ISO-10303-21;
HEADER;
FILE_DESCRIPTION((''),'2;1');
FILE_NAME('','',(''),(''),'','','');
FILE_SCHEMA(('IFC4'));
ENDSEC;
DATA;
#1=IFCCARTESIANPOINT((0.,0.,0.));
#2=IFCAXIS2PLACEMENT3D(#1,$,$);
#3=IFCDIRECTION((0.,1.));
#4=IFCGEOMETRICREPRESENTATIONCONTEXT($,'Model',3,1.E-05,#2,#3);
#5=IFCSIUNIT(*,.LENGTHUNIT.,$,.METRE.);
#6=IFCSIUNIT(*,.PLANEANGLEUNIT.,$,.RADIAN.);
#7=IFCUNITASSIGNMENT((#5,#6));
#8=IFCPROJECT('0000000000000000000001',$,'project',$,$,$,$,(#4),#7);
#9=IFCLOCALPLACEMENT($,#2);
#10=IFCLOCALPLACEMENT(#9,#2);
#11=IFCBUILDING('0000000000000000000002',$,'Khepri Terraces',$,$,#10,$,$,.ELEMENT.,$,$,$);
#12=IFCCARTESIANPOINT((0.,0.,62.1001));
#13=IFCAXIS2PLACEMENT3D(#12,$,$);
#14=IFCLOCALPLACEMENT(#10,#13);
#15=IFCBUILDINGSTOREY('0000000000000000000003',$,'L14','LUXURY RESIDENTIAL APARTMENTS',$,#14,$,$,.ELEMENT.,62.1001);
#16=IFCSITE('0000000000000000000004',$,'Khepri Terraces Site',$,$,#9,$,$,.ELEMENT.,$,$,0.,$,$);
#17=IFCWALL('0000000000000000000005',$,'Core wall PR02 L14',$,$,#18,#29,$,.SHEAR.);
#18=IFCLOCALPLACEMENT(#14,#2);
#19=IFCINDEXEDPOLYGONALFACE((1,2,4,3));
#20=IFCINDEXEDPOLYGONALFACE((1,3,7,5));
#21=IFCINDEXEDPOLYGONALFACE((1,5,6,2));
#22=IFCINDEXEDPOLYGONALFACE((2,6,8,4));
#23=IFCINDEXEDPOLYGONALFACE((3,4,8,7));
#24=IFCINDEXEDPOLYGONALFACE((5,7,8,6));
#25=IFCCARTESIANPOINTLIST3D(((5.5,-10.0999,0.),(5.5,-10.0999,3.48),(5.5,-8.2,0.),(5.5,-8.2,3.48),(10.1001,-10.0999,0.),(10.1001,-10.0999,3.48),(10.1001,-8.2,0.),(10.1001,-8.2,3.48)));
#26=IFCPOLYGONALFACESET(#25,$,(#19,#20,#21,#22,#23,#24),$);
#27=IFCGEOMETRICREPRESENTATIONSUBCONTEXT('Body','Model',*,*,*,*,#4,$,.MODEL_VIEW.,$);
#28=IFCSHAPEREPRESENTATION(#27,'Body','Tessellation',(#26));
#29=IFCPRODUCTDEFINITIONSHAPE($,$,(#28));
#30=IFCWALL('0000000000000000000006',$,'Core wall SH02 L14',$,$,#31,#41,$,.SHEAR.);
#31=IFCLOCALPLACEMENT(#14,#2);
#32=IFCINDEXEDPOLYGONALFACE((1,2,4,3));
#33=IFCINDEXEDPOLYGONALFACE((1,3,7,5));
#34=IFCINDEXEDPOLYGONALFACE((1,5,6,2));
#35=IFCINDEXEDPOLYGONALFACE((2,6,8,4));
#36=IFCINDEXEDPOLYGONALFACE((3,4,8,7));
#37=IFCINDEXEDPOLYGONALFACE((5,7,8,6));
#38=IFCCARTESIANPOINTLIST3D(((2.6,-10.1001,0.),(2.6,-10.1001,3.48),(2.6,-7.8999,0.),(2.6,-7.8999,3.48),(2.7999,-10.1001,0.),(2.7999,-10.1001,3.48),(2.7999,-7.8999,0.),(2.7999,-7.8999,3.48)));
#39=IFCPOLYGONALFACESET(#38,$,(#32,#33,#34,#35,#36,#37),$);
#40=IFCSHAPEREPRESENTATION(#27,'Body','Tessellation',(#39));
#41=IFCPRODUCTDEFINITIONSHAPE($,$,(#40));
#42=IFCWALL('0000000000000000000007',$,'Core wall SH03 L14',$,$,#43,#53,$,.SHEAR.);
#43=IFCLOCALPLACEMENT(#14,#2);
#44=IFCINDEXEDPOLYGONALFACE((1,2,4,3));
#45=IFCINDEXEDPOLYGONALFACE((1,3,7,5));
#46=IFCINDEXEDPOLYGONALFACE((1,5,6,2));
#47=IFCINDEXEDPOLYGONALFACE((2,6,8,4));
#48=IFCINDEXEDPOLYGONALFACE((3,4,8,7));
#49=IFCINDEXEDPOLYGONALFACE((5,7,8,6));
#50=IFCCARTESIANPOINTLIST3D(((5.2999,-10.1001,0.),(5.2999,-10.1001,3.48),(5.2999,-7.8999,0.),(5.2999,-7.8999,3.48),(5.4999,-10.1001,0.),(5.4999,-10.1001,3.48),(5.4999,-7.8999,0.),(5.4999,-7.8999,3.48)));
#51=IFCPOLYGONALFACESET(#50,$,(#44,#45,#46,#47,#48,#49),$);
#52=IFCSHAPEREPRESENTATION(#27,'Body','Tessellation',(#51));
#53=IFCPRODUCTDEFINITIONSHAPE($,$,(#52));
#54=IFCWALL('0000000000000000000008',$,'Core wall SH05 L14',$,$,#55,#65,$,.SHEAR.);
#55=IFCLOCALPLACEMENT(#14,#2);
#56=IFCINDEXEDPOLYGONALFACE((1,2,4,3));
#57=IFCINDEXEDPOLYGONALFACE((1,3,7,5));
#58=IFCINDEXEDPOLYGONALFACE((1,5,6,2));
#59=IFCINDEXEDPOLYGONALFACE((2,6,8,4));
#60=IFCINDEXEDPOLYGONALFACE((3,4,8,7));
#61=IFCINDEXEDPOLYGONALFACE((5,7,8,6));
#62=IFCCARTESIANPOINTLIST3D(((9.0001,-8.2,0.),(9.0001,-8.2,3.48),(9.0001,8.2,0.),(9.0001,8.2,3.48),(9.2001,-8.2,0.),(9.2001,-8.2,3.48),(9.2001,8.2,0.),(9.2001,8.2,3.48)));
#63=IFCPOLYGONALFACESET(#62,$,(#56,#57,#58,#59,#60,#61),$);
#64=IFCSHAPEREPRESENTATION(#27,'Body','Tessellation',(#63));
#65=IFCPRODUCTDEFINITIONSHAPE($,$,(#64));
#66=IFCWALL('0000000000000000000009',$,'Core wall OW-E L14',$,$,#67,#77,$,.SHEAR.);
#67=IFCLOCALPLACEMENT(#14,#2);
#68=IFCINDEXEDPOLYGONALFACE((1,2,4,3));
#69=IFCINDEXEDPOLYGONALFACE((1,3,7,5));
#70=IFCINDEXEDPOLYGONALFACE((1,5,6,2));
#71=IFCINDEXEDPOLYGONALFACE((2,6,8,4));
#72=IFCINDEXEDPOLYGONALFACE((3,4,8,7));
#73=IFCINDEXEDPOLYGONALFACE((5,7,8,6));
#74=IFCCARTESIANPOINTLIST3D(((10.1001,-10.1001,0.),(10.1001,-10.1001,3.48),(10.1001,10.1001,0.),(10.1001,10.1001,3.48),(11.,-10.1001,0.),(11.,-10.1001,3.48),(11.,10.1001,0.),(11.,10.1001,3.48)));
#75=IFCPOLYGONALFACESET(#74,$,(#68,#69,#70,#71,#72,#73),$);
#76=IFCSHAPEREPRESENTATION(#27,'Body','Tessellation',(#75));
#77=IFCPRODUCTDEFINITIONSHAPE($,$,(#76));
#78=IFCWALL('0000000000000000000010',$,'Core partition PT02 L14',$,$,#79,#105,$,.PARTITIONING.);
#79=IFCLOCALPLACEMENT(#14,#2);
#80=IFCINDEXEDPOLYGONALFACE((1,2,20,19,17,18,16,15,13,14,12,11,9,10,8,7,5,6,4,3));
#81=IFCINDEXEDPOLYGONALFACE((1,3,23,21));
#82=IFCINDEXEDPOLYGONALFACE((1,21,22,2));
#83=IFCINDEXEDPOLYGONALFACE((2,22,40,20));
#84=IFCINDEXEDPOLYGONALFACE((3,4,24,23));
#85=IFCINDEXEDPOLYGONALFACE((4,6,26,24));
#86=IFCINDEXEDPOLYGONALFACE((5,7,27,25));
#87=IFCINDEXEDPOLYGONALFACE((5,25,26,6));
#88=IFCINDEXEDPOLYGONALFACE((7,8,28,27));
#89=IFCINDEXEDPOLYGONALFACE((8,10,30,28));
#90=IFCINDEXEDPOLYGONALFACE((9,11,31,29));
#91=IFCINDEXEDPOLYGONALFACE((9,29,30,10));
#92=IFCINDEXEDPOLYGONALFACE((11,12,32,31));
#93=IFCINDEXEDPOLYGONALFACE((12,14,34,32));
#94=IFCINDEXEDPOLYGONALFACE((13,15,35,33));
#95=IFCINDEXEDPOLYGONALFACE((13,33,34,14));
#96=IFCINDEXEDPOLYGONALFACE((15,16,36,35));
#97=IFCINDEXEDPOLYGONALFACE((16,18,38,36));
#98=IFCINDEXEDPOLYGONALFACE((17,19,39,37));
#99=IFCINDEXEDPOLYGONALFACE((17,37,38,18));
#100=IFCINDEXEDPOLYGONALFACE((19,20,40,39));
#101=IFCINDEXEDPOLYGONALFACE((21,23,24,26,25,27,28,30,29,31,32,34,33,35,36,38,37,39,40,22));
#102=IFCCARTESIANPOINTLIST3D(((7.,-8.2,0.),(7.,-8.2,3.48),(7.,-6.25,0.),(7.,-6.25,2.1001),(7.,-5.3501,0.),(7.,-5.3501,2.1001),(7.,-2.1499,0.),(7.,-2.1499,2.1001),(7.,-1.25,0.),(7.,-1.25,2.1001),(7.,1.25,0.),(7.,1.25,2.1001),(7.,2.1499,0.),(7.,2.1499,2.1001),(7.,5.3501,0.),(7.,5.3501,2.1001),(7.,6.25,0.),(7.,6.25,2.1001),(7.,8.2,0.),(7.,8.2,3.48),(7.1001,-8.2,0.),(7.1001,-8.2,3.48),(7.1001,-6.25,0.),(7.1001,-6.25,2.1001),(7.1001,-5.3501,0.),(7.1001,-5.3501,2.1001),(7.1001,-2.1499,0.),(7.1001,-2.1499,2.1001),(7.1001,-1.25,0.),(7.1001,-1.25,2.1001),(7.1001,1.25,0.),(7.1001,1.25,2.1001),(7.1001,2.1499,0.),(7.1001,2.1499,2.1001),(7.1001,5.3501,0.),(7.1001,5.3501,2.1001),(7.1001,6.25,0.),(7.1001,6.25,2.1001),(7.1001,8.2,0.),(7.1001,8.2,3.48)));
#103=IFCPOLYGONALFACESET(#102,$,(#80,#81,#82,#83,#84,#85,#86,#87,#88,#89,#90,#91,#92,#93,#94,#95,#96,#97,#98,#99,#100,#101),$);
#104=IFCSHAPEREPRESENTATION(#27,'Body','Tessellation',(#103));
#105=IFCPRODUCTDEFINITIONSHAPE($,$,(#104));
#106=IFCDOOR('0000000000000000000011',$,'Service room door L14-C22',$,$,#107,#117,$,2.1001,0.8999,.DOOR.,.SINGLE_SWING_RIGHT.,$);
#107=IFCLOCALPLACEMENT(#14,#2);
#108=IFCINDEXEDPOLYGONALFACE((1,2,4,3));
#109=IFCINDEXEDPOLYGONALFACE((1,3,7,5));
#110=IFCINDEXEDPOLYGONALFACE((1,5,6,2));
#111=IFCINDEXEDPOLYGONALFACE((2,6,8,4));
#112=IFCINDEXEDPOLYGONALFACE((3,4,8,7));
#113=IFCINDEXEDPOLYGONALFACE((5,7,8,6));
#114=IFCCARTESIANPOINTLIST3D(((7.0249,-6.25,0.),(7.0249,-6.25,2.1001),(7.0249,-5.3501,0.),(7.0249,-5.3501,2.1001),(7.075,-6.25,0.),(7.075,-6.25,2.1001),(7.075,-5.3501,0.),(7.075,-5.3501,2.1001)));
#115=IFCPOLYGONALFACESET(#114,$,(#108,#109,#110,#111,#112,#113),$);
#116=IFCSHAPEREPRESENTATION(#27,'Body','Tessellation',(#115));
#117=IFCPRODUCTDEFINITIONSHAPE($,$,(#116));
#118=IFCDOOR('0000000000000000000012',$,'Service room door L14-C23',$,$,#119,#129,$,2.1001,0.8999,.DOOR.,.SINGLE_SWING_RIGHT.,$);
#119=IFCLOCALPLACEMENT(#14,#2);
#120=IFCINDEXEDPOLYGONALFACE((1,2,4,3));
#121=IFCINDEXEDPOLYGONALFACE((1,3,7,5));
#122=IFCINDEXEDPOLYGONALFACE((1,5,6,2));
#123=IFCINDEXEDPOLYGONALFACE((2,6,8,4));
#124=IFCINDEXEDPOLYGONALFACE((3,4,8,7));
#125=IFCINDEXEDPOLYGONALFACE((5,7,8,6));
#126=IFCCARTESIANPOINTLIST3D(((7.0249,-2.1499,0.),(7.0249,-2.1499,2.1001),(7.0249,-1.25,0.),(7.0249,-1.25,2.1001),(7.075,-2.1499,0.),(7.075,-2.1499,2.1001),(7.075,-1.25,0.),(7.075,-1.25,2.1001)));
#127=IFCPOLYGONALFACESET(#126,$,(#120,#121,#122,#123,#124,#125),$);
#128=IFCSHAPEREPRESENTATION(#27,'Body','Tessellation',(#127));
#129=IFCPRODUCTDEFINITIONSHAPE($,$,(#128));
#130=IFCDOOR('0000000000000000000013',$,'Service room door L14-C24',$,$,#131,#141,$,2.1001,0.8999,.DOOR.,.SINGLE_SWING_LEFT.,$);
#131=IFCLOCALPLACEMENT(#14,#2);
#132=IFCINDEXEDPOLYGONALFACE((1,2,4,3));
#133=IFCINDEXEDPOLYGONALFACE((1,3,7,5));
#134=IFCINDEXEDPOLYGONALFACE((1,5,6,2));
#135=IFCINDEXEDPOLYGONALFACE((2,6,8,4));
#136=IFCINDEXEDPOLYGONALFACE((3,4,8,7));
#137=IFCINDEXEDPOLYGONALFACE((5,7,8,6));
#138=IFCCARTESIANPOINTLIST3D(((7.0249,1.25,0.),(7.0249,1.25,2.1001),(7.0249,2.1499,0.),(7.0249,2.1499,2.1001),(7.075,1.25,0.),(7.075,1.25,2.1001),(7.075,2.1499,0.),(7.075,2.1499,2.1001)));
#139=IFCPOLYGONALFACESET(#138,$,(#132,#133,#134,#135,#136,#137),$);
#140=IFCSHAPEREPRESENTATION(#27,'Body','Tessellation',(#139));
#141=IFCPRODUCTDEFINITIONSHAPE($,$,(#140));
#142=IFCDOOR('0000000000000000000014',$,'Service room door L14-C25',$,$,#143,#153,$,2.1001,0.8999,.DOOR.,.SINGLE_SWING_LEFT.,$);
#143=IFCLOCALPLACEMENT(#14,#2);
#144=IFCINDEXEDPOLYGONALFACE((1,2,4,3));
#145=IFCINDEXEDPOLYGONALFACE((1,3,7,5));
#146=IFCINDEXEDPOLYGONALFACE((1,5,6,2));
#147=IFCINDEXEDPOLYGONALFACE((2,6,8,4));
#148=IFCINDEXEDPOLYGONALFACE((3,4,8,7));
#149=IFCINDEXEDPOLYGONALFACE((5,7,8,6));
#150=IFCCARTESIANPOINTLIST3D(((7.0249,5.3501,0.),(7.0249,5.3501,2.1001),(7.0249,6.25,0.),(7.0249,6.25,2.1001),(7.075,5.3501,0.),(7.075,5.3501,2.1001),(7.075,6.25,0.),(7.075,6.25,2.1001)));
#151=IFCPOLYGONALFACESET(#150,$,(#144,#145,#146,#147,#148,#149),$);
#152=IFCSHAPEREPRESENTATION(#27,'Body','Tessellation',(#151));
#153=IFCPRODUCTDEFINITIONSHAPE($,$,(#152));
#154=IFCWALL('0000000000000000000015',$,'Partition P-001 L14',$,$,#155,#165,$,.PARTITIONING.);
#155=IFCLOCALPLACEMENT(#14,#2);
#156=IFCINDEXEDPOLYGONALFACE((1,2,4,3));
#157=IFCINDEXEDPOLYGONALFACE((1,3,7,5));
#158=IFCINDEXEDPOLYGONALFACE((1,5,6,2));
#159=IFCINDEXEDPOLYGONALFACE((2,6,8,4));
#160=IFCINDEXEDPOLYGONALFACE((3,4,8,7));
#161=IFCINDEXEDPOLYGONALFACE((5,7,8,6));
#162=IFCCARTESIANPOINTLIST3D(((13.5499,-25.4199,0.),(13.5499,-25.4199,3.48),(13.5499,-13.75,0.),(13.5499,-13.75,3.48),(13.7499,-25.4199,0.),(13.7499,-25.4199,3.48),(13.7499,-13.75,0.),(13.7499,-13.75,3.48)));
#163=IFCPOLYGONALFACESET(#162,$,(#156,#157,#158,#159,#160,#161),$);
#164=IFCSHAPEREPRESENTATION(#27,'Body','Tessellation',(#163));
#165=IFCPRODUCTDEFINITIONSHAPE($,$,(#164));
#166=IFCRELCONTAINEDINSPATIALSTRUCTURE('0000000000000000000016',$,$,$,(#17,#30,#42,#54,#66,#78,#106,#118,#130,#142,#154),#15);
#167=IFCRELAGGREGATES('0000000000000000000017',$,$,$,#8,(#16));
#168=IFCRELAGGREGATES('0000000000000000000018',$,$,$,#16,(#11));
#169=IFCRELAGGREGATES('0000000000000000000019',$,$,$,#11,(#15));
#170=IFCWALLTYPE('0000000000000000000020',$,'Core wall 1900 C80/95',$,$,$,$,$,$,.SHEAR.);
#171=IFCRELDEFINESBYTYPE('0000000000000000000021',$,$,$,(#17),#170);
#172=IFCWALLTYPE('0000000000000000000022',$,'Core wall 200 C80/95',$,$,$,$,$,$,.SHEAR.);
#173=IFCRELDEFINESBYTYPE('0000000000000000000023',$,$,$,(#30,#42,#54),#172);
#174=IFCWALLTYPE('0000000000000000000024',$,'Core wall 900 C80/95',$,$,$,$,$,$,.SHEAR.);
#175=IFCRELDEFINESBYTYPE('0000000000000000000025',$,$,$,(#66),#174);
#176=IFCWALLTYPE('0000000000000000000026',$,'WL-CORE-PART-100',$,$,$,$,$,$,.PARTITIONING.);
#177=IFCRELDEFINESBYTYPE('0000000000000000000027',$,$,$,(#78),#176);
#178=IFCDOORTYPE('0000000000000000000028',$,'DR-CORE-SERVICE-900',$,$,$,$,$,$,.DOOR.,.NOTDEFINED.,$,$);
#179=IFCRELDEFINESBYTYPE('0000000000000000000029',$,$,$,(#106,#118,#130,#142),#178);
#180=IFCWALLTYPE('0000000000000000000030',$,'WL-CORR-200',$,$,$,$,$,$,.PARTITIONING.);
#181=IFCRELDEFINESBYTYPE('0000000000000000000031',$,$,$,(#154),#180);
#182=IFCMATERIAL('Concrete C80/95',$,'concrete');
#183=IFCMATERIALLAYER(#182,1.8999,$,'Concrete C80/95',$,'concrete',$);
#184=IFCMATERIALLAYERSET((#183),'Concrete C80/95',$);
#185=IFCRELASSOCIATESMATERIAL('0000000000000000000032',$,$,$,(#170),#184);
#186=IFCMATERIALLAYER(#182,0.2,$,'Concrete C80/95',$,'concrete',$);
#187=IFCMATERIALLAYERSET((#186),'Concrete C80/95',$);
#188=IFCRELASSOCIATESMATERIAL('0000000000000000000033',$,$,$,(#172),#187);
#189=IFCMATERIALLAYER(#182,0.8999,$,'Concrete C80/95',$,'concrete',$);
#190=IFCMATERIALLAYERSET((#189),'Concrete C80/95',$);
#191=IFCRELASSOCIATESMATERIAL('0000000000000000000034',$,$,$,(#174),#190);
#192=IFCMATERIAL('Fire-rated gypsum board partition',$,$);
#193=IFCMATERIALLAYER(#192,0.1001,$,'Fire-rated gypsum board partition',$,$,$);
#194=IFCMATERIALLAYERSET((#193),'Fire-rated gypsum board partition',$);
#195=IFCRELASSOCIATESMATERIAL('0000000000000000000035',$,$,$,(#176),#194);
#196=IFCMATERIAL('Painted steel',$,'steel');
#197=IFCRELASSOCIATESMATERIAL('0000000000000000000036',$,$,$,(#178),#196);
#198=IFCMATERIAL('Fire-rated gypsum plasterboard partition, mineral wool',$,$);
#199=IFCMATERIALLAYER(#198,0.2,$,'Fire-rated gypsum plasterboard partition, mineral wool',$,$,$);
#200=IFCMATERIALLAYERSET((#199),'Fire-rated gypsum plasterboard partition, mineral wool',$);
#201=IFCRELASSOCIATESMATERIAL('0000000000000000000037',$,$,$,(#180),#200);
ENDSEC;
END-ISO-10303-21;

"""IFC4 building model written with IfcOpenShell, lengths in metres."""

from ifc_helpers import new_model, si_unit, direction, frame, frame_2d, origin, place, context, subcontext, project, spatial, rectangle, extrude, material, layer, layer_set, type_object, element, fill, save


model = new_model("IFC4")

# Units and contexts
model_context = context("Model", 3, precision=1e-05, world=origin(), true_north=direction((0.0, 1.0)))
body_context = subcontext(model_context, "Body", "Model", "MODEL_VIEW")
ifc_project = project(units=[si_unit("LENGTHUNIT", "METRE"), si_unit("PLANEANGLEUNIT", "RADIAN")], contexts=[model_context])

# Site, building, storey
site_placement = place(None, origin())
site = spatial("IfcSite", under=ifc_project, at=site_placement, Name="Khepri Terraces Site", CompositionType="ELEMENT", RefElevation=0.0)
building_placement = place(site_placement, origin())
building = spatial("IfcBuilding", under=site, at=building_placement, Name="Khepri Terraces", CompositionType="ELEMENT")
storey_placement = place(building_placement, frame((0.0, 0.0, 62.1001)))
storey = spatial("IfcBuildingStorey", under=building, at=storey_placement, Name="L14", Description="LUXURY RESIDENTIAL APARTMENTS", CompositionType="ELEMENT", Elevation=62.1001)

# Walls
ifc_material_1 = material(Name="Concrete C80/95", Category="concrete")
ifc_layer_1 = layer(ifc_material_1, 1.8999, Name="Concrete C80/95", Category="concrete")
ifc_layer_set_1 = layer_set([ifc_layer_1], Name="Concrete C80/95")
wall_type_1 = type_object("IfcWallType", Name="Core wall 1900 C80/95", PredefinedType="SHEAR", material=ifc_layer_set_1)
wall_1_placement = place(storey_placement, frame((5.5, -9.1499, 0.0), z_axis=(0.0, 0.0, 1.0), x_axis=(1.0, 0.0, 0.0)))
element("IfcWall", 1, at=wall_1_placement, inside=storey, type_object=wall_type_1, Name="Core wall PR02 L14", PredefinedType="SHEAR", context=body_context, shape_type="SweptSolid", body=[
    extrude(rectangle(XDim=4.6001, YDim=1.8999, at=frame_2d((2.3, 0.0))), origin(), (0.0, 0.0, 1.0), 3.48),
])
ifc_layer_2 = layer(ifc_material_1, 0.2, Name="Concrete C80/95", Category="concrete")
ifc_layer_set_2 = layer_set([ifc_layer_2], Name="Concrete C80/95")
wall_type_2 = type_object("IfcWallType", Name="Core wall 200 C80/95", PredefinedType="SHEAR", material=ifc_layer_set_2)
for number, where, z_axis, x_axis, name in (
    (2, (2.7, -10.1001, 0.0), (0.0, 0.0, 1.0), (0.0, 1.0, 0.0), "Core wall SH02 L14"),
    (3, (5.3999, -10.1001, 0.0), (0.0, 0.0, 1.0), (0.0, 1.0, 0.0), "Core wall SH03 L14"),
):
    element("IfcWall", number, at=place(storey_placement, frame(where, z_axis=z_axis, x_axis=x_axis)), inside=storey, type_object=wall_type_2, Name=name, PredefinedType="SHEAR", context=body_context, shape_type="SweptSolid", body=[
        extrude(rectangle(XDim=2.2002, YDim=0.2, at=frame_2d((1.1001, 0.0))), origin(), (0.0, 0.0, 1.0), 3.48),
    ])
wall_2_placement = place(storey_placement, frame((9.1001, -8.2, 0.0), z_axis=(0.0, 0.0, 1.0), x_axis=(0.0, 1.0, 0.0)))
element("IfcWall", 4, at=wall_2_placement, inside=storey, type_object=wall_type_2, Name="Core wall SH05 L14", PredefinedType="SHEAR", context=body_context, shape_type="SweptSolid", body=[
    extrude(rectangle(XDim=16.3999, YDim=0.2, at=frame_2d((8.2, 0.0))), origin(), (0.0, 0.0, 1.0), 3.48),
])
ifc_layer_3 = layer(ifc_material_1, 0.8999, Name="Concrete C80/95", Category="concrete")
ifc_layer_set_3 = layer_set([ifc_layer_3], Name="Concrete C80/95")
wall_type_3 = type_object("IfcWallType", Name="Core wall 900 C80/95", PredefinedType="SHEAR", material=ifc_layer_set_3)
wall_3_placement = place(storey_placement, frame((10.55, -10.1001, 0.0), z_axis=(0.0, 0.0, 1.0), x_axis=(0.0, 1.0, 0.0)))
element("IfcWall", 5, at=wall_3_placement, inside=storey, type_object=wall_type_3, Name="Core wall OW-E L14", PredefinedType="SHEAR", context=body_context, shape_type="SweptSolid", body=[
    extrude(rectangle(XDim=20.2002, YDim=0.8999, at=frame_2d((10.1001, 0.0))), origin(), (0.0, 0.0, 1.0), 3.48),
])

# Wall, openings, doors
ifc_material_2 = material(Name="Fire-rated gypsum board partition")
ifc_layer_4 = layer(ifc_material_2, 0.1001, Name="Fire-rated gypsum board partition")
ifc_layer_set_4 = layer_set([ifc_layer_4], Name="Fire-rated gypsum board partition")
wall_type_4 = type_object("IfcWallType", Name="WL-CORE-PART-100", PredefinedType="PARTITIONING", material=ifc_layer_set_4)
wall_4_placement = place(storey_placement, frame((7.05, -8.2, 0.0), z_axis=(0.0, 0.0, 1.0), x_axis=(0.0, 1.0, 0.0)))
wall_4 = element("IfcWall", 6, at=wall_4_placement, inside=storey, type_object=wall_type_4, Name="Core partition PT02 L14", PredefinedType="PARTITIONING", context=body_context, shape_type="SweptSolid", body=[
    extrude(rectangle(XDim=16.3999, YDim=0.1001, at=frame_2d((8.2, 0.0))), origin(), (0.0, 0.0, 1.0), 3.48),
])
opening_1_placement = place(wall_4_placement, frame((1.95, 0.0, 0.0)))
opening_1 = element("IfcOpeningElement", 7, at=opening_1_placement, cuts=wall_4, PredefinedType="OPENING", context=body_context, shape_type="SweptSolid", body=[
    extrude(rectangle(XDim=0.8999, YDim=2.1001, at=frame_2d((0.45, 1.05))), frame((0.0, 0.0601, 0.0), z_axis=(0.0, -1.0, 0.0), x_axis=(1.0, 0.0, 0.0)), (0.0, 0.0, 1.0), 0.1201),
])
opening_2_placement = place(wall_4_placement, frame((6.05, 0.0, 0.0)))
opening_2 = element("IfcOpeningElement", 8, at=opening_2_placement, cuts=wall_4, PredefinedType="OPENING", context=body_context, shape_type="SweptSolid", body=[
    extrude(rectangle(XDim=0.8999, YDim=2.1001, at=frame_2d((0.45, 1.05))), frame((0.0, 0.0601, 0.0), z_axis=(0.0, -1.0, 0.0), x_axis=(1.0, 0.0, 0.0)), (0.0, 0.0, 1.0), 0.1201),
])
opening_3_placement = place(wall_4_placement, frame((9.45, 0.0, 0.0)))
opening_3 = element("IfcOpeningElement", 9, at=opening_3_placement, cuts=wall_4, PredefinedType="OPENING", context=body_context, shape_type="SweptSolid", body=[
    extrude(rectangle(XDim=0.8999, YDim=2.1001, at=frame_2d((0.45, 1.05))), frame((0.0, 0.0601, 0.0), z_axis=(0.0, -1.0, 0.0), x_axis=(1.0, 0.0, 0.0)), (0.0, 0.0, 1.0), 0.1201),
])
opening_4_placement = place(wall_4_placement, frame((13.55, 0.0, 0.0)))
opening_4 = element("IfcOpeningElement", 10, at=opening_4_placement, cuts=wall_4, PredefinedType="OPENING", context=body_context, shape_type="SweptSolid", body=[
    extrude(rectangle(XDim=0.8999, YDim=2.1001, at=frame_2d((0.45, 1.05))), frame((0.0, 0.0601, 0.0), z_axis=(0.0, -1.0, 0.0), x_axis=(1.0, 0.0, 0.0)), (0.0, 0.0, 1.0), 0.1201),
])
ifc_material_3 = material(Name="Painted steel", Category="steel")
door_type_1 = type_object("IfcDoorType", Name="DR-CORE-SERVICE-900", OperationType="NOTDEFINED", PredefinedType="DOOR", material=ifc_material_3)
door_1_placement = place(opening_1_placement, frame((0.8999, 0.0, 0.0), z_axis=(0.0, 0.0, 1.0), x_axis=(-1.0, 0.0, 0.0)))
door_1 = element("IfcDoor", 11, at=door_1_placement, inside=storey, type_object=door_type_1, Name="Service room door L14-C22", OperationType="SINGLE_SWING_RIGHT", OverallHeight=2.1001, OverallWidth=0.8999, PredefinedType="DOOR", context=body_context, shape_type="SweptSolid", body=[
    extrude(rectangle(XDim=0.8999, YDim=2.1001, at=frame_2d((0.45, 1.05))), frame((0.0, 0.0249, 0.0), z_axis=(0.0, -1.0, 0.0), x_axis=(1.0, 0.0, 0.0)), (0.0, 0.0, 1.0), 0.05),
])
fill(opening_1, door_1)
door_2_placement = place(opening_2_placement, frame((0.8999, 0.0, 0.0), z_axis=(0.0, 0.0, 1.0), x_axis=(-1.0, 0.0, 0.0)))
door_2 = element("IfcDoor", 12, at=door_2_placement, inside=storey, type_object=door_type_1, Name="Service room door L14-C23", OperationType="SINGLE_SWING_RIGHT", OverallHeight=2.1001, OverallWidth=0.8999, PredefinedType="DOOR", context=body_context, shape_type="SweptSolid", body=[
    extrude(rectangle(XDim=0.8999, YDim=2.1001, at=frame_2d((0.45, 1.05))), frame((0.0, 0.0249, 0.0), z_axis=(0.0, -1.0, 0.0), x_axis=(1.0, 0.0, 0.0)), (0.0, 0.0, 1.0), 0.05),
])
fill(opening_2, door_2)
door_3_placement = place(opening_3_placement, frame((0.8999, 0.0, 0.0), z_axis=(0.0, 0.0, 1.0), x_axis=(-1.0, 0.0, 0.0)))
door_3 = element("IfcDoor", 13, at=door_3_placement, inside=storey, type_object=door_type_1, Name="Service room door L14-C24", OperationType="SINGLE_SWING_LEFT", OverallHeight=2.1001, OverallWidth=0.8999, PredefinedType="DOOR", context=body_context, shape_type="SweptSolid", body=[
    extrude(rectangle(XDim=0.8999, YDim=2.1001, at=frame_2d((0.45, 1.05))), frame((0.0, 0.0249, 0.0), z_axis=(0.0, -1.0, 0.0), x_axis=(1.0, 0.0, 0.0)), (0.0, 0.0, 1.0), 0.05),
])
fill(opening_3, door_3)
door_4_placement = place(opening_4_placement, frame((0.8999, 0.0, 0.0), z_axis=(0.0, 0.0, 1.0), x_axis=(-1.0, 0.0, 0.0)))
door_4 = element("IfcDoor", 14, at=door_4_placement, inside=storey, type_object=door_type_1, Name="Service room door L14-C25", OperationType="SINGLE_SWING_LEFT", OverallHeight=2.1001, OverallWidth=0.8999, PredefinedType="DOOR", context=body_context, shape_type="SweptSolid", body=[
    extrude(rectangle(XDim=0.8999, YDim=2.1001, at=frame_2d((0.45, 1.05))), frame((0.0, 0.0249, 0.0), z_axis=(0.0, -1.0, 0.0), x_axis=(1.0, 0.0, 0.0)), (0.0, 0.0, 1.0), 0.05),
])
fill(opening_4, door_4)

# Wall
ifc_material_4 = material(Name="Fire-rated gypsum plasterboard partition, mineral wool")
ifc_layer_5 = layer(ifc_material_4, 0.2, Name="Fire-rated gypsum plasterboard partition, mineral wool")
ifc_layer_set_5 = layer_set([ifc_layer_5], Name="Fire-rated gypsum plasterboard partition, mineral wool")
wall_type_5 = type_object("IfcWallType", Name="WL-CORR-200", PredefinedType="PARTITIONING", material=ifc_layer_set_5)
wall_5_placement = place(storey_placement, frame((13.6499, -25.4199, 0.0), z_axis=(0.0, 0.0, 1.0), x_axis=(0.0, 1.0, 0.0)))
element("IfcWall", 15, at=wall_5_placement, inside=storey, type_object=wall_type_5, Name="Partition P-001 L14", PredefinedType="PARTITIONING", context=body_context, shape_type="SweptSolid", body=[
    extrude(rectangle(XDim=11.6699, YDim=0.2, at=frame_2d((5.835, 0.0))), origin(), (0.0, 0.0, 1.0), 3.48),
])

save(model, "model.ifc")
